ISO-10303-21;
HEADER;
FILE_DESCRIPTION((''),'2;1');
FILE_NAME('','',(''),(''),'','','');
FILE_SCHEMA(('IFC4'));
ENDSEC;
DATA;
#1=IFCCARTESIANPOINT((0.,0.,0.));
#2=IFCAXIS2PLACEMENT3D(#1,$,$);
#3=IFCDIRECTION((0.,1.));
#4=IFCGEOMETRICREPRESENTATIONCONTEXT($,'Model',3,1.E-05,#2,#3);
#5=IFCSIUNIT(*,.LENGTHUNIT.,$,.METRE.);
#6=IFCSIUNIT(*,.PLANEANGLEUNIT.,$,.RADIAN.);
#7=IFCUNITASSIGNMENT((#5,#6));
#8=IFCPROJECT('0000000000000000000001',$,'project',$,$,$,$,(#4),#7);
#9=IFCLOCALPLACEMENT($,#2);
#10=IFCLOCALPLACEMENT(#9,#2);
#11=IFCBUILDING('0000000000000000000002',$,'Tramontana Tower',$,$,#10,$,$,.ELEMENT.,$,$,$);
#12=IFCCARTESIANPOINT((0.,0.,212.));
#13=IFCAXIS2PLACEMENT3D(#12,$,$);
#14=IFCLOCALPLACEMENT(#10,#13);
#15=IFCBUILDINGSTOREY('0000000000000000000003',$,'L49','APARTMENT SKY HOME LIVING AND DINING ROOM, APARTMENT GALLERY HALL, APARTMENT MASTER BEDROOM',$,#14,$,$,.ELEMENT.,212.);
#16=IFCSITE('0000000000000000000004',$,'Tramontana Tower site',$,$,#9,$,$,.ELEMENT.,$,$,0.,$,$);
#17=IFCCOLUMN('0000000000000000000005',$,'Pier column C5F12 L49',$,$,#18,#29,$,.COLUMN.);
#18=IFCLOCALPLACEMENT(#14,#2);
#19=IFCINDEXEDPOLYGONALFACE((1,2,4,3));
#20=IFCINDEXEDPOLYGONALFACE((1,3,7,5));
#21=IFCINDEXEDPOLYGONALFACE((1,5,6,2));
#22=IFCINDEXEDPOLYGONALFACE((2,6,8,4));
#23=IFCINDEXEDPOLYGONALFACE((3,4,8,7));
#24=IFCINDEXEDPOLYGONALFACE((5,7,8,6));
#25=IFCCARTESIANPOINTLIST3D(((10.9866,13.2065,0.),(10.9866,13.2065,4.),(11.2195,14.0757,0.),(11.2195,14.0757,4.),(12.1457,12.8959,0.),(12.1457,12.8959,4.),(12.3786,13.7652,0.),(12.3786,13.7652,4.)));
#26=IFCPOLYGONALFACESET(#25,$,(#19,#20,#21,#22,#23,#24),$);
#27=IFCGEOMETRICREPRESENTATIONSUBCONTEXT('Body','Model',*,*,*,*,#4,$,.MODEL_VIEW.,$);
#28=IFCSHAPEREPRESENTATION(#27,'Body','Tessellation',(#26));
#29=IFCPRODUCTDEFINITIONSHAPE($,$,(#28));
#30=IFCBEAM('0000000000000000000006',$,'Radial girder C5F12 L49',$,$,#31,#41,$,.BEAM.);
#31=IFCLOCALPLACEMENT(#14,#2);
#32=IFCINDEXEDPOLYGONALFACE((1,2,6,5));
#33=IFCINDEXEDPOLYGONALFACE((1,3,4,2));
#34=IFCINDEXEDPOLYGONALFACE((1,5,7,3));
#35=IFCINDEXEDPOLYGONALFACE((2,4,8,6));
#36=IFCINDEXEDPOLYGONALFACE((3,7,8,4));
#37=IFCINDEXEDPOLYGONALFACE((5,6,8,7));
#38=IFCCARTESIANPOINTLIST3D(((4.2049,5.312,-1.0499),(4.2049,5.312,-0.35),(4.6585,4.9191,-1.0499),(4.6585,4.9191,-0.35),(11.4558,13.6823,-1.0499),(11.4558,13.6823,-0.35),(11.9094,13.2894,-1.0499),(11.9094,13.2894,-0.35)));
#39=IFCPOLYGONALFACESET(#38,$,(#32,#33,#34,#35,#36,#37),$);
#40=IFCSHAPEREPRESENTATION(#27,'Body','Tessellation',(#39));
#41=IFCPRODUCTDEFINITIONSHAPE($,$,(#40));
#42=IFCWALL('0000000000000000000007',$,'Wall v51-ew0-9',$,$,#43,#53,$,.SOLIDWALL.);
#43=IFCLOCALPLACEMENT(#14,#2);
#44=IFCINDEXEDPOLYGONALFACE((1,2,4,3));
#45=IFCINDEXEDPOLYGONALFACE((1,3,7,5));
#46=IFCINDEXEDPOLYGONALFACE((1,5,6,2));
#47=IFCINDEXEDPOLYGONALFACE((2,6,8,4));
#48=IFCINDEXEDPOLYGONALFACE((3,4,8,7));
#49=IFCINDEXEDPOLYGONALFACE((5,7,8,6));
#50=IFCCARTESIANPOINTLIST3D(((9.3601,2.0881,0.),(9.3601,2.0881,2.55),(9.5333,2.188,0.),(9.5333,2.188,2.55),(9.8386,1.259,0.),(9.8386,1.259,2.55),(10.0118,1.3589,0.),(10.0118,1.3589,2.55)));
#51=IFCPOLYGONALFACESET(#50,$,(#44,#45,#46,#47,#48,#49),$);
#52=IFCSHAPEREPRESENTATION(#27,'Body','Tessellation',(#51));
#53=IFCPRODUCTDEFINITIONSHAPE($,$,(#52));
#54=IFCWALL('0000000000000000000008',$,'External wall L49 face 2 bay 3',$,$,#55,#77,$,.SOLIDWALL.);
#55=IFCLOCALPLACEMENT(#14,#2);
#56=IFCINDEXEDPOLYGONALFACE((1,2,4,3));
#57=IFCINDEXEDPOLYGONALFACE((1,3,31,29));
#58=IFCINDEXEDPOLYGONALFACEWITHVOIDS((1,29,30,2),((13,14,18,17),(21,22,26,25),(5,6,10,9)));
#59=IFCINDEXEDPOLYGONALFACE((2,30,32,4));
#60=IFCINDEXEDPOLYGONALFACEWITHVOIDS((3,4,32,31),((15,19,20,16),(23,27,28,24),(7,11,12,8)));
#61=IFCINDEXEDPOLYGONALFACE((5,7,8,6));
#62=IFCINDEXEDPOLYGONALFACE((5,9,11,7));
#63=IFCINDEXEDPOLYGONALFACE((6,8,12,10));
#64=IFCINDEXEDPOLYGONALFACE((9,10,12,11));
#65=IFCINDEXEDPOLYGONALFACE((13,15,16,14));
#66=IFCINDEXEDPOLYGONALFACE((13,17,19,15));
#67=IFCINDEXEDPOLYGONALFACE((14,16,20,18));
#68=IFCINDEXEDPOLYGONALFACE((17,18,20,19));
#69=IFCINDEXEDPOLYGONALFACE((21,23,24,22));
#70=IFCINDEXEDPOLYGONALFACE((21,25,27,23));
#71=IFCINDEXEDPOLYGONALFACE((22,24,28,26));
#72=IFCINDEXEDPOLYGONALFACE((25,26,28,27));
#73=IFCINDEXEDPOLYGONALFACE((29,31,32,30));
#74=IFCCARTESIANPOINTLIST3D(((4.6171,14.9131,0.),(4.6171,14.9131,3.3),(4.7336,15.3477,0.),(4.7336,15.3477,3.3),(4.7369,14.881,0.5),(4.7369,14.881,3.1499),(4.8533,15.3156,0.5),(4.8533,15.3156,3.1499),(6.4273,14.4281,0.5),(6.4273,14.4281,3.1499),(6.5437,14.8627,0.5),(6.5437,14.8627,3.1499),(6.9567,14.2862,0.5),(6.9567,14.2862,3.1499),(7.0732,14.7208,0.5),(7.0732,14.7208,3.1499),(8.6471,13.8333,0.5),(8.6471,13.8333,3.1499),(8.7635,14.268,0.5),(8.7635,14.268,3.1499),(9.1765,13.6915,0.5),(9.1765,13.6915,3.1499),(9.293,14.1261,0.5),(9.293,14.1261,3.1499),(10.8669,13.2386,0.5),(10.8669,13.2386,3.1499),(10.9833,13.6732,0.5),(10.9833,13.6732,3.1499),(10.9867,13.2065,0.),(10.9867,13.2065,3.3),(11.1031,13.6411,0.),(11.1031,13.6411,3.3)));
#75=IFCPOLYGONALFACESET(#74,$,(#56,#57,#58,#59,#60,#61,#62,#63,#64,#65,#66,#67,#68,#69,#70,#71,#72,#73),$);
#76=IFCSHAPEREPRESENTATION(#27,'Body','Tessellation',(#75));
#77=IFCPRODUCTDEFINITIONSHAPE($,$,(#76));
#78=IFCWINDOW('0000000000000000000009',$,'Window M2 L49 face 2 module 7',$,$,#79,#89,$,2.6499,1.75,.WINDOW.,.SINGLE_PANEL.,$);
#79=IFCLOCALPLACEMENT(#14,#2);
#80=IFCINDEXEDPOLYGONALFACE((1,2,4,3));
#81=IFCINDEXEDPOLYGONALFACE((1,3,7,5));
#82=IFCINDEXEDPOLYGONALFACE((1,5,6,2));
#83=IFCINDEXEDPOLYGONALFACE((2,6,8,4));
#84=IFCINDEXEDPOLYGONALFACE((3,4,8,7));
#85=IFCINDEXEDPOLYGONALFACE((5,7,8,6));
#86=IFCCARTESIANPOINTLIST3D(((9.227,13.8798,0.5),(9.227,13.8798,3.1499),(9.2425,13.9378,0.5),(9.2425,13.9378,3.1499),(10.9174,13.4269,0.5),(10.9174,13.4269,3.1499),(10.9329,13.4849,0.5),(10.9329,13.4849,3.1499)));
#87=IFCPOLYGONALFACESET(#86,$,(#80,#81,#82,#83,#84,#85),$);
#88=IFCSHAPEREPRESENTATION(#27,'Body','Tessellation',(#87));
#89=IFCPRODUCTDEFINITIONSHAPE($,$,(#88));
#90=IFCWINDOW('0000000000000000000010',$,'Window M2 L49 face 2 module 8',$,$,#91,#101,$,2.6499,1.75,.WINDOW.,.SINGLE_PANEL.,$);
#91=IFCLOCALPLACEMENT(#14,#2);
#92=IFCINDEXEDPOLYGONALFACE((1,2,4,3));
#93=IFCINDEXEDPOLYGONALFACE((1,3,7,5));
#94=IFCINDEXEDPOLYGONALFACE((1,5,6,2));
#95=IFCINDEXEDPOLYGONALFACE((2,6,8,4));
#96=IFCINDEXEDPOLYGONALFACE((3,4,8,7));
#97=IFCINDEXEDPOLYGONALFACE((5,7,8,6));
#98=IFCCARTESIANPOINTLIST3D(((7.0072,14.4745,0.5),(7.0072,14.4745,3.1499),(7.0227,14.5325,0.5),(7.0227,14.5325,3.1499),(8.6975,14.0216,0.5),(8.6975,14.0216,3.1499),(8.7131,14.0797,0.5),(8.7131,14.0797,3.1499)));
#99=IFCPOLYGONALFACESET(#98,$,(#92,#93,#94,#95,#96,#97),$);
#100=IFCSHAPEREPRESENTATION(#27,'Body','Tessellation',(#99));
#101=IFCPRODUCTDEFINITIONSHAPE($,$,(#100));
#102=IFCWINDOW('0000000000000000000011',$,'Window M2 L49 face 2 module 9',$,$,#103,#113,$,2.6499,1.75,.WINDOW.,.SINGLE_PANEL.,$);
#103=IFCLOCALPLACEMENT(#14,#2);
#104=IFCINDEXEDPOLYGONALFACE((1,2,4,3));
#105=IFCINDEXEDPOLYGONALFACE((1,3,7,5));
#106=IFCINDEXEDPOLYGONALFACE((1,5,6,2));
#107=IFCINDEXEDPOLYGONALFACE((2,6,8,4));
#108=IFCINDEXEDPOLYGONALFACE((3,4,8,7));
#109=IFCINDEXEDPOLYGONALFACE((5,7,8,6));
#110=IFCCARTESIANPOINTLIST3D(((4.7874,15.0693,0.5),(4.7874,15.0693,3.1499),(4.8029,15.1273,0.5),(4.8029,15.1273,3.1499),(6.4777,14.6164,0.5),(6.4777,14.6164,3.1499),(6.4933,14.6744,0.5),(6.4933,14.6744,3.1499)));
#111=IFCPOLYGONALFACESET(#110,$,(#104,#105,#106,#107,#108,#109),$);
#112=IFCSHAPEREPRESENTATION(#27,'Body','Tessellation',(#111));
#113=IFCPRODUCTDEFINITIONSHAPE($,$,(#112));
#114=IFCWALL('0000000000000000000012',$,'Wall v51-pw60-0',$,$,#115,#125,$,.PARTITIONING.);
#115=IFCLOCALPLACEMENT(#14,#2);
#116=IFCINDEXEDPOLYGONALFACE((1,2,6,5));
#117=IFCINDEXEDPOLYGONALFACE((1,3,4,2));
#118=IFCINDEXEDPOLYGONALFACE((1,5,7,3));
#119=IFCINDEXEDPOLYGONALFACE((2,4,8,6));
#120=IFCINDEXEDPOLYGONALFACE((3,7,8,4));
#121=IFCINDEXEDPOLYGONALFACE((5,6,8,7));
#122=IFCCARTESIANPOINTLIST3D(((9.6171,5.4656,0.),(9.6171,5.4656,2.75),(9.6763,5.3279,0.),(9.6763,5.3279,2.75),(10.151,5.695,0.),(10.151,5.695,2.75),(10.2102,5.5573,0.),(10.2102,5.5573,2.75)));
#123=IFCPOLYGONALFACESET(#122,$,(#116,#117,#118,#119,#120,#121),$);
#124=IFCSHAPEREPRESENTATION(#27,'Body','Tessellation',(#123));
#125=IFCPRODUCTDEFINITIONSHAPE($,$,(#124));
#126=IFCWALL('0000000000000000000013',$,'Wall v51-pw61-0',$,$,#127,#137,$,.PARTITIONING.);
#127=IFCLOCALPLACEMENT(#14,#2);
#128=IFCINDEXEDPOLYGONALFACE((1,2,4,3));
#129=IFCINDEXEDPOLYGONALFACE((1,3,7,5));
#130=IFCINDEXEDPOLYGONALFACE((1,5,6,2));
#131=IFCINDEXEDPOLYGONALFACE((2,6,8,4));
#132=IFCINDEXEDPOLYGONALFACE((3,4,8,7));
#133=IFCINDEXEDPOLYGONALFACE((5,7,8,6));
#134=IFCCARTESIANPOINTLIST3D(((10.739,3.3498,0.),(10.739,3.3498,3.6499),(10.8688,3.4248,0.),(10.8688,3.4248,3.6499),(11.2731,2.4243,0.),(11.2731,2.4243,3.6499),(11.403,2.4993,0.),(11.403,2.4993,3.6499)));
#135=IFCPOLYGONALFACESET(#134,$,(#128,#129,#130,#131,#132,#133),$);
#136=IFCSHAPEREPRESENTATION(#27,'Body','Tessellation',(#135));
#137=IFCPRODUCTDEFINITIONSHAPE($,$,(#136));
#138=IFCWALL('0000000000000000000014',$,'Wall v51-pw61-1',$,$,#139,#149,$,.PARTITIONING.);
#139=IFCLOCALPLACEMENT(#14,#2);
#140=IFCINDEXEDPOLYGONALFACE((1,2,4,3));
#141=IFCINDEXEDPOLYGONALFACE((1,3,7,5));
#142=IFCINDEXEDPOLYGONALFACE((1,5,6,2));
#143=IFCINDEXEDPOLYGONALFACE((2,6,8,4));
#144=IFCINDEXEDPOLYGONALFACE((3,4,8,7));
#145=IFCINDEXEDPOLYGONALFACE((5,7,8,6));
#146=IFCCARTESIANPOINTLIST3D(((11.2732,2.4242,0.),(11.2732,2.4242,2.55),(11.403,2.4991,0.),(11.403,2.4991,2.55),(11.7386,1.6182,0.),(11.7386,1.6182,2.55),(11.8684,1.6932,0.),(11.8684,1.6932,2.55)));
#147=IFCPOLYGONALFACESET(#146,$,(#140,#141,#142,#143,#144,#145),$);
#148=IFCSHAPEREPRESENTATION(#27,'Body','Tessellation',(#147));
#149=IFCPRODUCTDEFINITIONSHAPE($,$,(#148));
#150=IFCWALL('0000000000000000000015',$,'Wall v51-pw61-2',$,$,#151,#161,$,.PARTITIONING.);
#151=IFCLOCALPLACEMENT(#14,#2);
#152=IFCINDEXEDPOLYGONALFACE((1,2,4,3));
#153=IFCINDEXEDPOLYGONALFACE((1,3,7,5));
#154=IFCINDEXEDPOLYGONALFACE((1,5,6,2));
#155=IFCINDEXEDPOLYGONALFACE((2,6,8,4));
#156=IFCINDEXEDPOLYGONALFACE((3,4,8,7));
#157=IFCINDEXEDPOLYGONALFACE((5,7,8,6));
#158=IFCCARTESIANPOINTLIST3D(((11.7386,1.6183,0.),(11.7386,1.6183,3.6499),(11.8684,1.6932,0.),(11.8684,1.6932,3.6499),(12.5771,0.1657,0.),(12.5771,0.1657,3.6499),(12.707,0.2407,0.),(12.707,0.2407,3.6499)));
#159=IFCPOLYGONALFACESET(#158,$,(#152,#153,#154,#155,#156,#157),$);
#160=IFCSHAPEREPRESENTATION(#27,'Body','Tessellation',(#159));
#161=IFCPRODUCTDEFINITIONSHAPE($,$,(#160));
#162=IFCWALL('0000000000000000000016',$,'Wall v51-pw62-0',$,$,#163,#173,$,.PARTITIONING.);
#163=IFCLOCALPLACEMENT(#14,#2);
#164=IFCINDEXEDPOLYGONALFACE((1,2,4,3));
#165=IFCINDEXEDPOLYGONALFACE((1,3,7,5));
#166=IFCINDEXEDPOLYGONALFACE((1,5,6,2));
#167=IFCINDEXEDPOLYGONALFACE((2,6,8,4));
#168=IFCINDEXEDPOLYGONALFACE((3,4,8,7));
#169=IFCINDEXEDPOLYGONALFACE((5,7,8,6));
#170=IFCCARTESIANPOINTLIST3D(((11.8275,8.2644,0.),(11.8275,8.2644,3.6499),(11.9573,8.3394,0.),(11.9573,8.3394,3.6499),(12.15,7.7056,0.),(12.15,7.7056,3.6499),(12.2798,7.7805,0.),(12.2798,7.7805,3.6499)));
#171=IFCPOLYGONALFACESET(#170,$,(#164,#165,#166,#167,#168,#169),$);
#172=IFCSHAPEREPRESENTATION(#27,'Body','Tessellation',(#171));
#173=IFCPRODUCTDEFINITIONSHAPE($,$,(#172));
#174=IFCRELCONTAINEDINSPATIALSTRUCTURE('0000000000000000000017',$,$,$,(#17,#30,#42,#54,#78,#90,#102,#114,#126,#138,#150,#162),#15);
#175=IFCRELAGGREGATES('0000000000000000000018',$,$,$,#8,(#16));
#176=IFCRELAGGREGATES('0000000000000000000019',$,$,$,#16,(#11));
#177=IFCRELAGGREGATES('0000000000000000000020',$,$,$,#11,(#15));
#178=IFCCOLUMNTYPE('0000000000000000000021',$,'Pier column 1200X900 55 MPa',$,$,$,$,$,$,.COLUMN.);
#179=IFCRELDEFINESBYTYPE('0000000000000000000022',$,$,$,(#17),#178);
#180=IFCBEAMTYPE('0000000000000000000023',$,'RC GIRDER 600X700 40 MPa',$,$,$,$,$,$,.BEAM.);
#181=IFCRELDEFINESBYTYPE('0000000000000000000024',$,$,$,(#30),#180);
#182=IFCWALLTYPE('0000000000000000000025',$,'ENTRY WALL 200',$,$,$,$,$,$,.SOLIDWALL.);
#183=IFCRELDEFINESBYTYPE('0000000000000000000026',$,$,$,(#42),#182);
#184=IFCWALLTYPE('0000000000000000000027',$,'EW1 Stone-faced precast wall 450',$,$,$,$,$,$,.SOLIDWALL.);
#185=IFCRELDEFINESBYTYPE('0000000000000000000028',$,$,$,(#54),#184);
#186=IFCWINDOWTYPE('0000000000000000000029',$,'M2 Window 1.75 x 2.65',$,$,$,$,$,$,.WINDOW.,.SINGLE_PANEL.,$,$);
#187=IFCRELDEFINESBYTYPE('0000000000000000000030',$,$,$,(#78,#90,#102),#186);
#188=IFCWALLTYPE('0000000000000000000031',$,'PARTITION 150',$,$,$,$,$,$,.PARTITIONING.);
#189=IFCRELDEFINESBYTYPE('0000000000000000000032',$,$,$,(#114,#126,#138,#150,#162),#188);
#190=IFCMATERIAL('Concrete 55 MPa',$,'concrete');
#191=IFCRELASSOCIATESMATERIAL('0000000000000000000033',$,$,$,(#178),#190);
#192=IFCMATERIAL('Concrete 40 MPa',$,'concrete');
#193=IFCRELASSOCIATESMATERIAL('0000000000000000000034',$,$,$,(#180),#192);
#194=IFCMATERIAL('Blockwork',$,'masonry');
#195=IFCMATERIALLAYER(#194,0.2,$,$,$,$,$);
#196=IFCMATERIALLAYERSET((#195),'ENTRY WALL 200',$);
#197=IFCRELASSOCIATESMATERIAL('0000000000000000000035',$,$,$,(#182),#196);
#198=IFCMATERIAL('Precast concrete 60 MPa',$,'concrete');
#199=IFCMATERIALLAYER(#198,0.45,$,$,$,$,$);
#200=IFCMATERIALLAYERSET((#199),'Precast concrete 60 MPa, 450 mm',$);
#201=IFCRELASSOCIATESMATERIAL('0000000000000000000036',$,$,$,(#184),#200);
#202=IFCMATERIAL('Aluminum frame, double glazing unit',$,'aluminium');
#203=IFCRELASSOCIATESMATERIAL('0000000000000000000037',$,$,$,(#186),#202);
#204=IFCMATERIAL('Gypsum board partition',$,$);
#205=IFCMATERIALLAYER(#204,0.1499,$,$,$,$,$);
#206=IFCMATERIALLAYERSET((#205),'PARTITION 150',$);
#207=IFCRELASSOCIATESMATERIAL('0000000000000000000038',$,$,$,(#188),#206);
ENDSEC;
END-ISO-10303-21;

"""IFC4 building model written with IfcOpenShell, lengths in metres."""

from ifc_helpers import new_model, si_unit, direction, frame, frame_2d, origin, origin_2d, place, context, subcontext, project, spatial, rectangle, extrude, material, layer, layer_set, material_profile, profile_set, type_object, element, fill, save


model = new_model("IFC4")

# Units and contexts
model_context = context("Model", 3, precision=1e-05, world=origin(), true_north=direction((0.0, 1.0)))
body_context = subcontext(model_context, "Body", "Model", "MODEL_VIEW")
ifc_project = project(units=[si_unit("LENGTHUNIT", "METRE"), si_unit("PLANEANGLEUNIT", "RADIAN")], contexts=[model_context])

# Site, building, storey
site_placement = place(None, origin())
site = spatial("IfcSite", under=ifc_project, at=site_placement, Name="Tramontana Tower site", CompositionType="ELEMENT", RefElevation=0.0)
building_placement = place(site_placement, origin())
building = spatial("IfcBuilding", under=site, at=building_placement, Name="Tramontana Tower", CompositionType="ELEMENT")
storey_placement = place(building_placement, frame((0.0, 0.0, 212.0)))
storey = spatial("IfcBuildingStorey", under=building, at=storey_placement, Name="L49", Description="APARTMENT SKY HOME LIVING AND DINING ROOM, APARTMENT GALLERY HALL, APARTMENT MASTER BEDROOM", CompositionType="ELEMENT", Elevation=212.0)

# Column
ifc_material_1 = material(Name="Concrete 55 MPa", Category="concrete")
ifc_material_profile_1 = material_profile(ifc_material_1, rectangle(XDim=1.2, YDim=0.8999, at=origin_2d()), Name="Pier column 1200X900 55 MPa")
ifc_profile_set_1 = profile_set([ifc_material_profile_1], Name="Concrete 55 MPa")
column_type = type_object("IfcColumnType", Name="Pier column 1200X900 55 MPa", PredefinedType="COLUMN", material=ifc_profile_set_1)
column_placement = place(storey_placement, frame((11.6826, 13.4858, 0.0), z_axis=(0.0, 0.0, 1.0), x_axis=(-0.965926, 0.258819, 0.0)))
element("IfcColumn", 1, at=column_placement, inside=storey, type_object=column_type, Name="Pier column C5F12 L49", PredefinedType="COLUMN", context=body_context, shape_type="SweptSolid", body=[
    extrude(rectangle(XDim=1.2, YDim=0.8999, at=origin_2d()), origin(), (0.0, 0.0, 1.0), 4.0),
])

# Beam
ifc_material_2 = material(Name="Concrete 40 MPa", Category="concrete")
ifc_material_profile_2 = material_profile(ifc_material_2, rectangle(XDim=0.6001, YDim=0.7, at=origin_2d()), Name="RC GIRDER 600X700 40 MPa")
ifc_profile_set_2 = profile_set([ifc_material_profile_2], Name="Concrete 40 MPa")
beam_type = type_object("IfcBeamType", Name="RC GIRDER 600X700 40 MPa", PredefinedType="BEAM", material=ifc_profile_set_2)
beam_placement = place(storey_placement, frame((11.6826, 13.4858, -0.7), z_axis=(-0.654758, -0.755838, 0.0), x_axis=(0.755838, -0.654758, 0.0)))
element("IfcBeam", 2, at=beam_placement, inside=storey, type_object=beam_type, Name="Radial girder C5F12 L49", PredefinedType="BEAM", context=body_context, shape_type="SweptSolid", body=[
    extrude(rectangle(XDim=0.6001, YDim=0.7, at=origin_2d()), origin(), (0.0, 0.0, 1.0), 11.0742),
])

# Wall
ifc_material_3 = material(Name="Blockwork", Category="masonry")
ifc_layer_1 = layer(ifc_material_3, 0.2)
ifc_layer_set_1 = layer_set([ifc_layer_1], Name="ENTRY WALL 200")
wall_type_1 = type_object("IfcWallType", Name="ENTRY WALL 200", PredefinedType="SOLIDWALL", material=ifc_layer_set_1)
wall_1_placement = place(storey_placement, frame((9.4468, 2.1379, 0.0), z_axis=(0.0, 0.0, 1.0), x_axis=(0.49987, -0.866101, 0.0)))
element("IfcWall", 3, at=wall_1_placement, inside=storey, type_object=wall_type_1, Name="Wall v51-ew0-9", PredefinedType="SOLIDWALL", context=body_context, shape_type="SweptSolid", body=[
    extrude(rectangle(XDim=0.9573, YDim=0.2, at=frame_2d((0.4785, 0.0))), origin(), (0.0, 0.0, 1.0), 2.55),
])

# Wall, openings, windows
ifc_material_4 = material(Name="Precast concrete 60 MPa", Category="concrete")
ifc_layer_2 = layer(ifc_material_4, 0.45)
ifc_layer_set_2 = layer_set([ifc_layer_2], Name="Precast concrete 60 MPa, 450 mm")
wall_type_2 = type_object("IfcWallType", Name="EW1 Stone-faced precast wall 450", PredefinedType="SOLIDWALL", material=ifc_layer_set_2)
wall_2_placement = place(storey_placement, frame((11.0449, 13.4238, 0.0), z_axis=(0.0, 0.0, 1.0), x_axis=(-0.965933, 0.258792, 0.0)))
wall_2 = element("IfcWall", 4, at=wall_2_placement, inside=storey, type_object=wall_type_2, Name="External wall L49 face 2 bay 3", PredefinedType="SOLIDWALL", context=body_context, shape_type="SweptSolid", body=[
    extrude(rectangle(XDim=6.5942, YDim=0.45, at=frame_2d((3.2971, 0.0))), origin(), (0.0, 0.0, 1.0), 3.3),
])
opening_1_placement = place(wall_2_placement, frame((0.124, 0.0, 0.5)))
opening_1 = element("IfcOpeningElement", 5, at=opening_1_placement, cuts=wall_2, PredefinedType="OPENING", context=body_context, shape_type="SweptSolid", body=[
    extrude(rectangle(XDim=1.75, YDim=2.6499, at=frame_2d((0.875, 1.325))), frame((0.0, 0.2349, 0.0), z_axis=(0.0, -1.0, 0.0), x_axis=(1.0, 0.0, 0.0)), (0.0, 0.0, 1.0), 0.47),
])
opening_2_placement = place(wall_2_placement, frame((2.4221, 0.0, 0.5)))
opening_2 = element("IfcOpeningElement", 6, at=opening_2_placement, cuts=wall_2, PredefinedType="OPENING", context=body_context, shape_type="SweptSolid", body=[
    extrude(rectangle(XDim=1.75, YDim=2.6499, at=frame_2d((0.875, 1.325))), frame((0.0, 0.2349, 0.0), z_axis=(0.0, -1.0, 0.0), x_axis=(1.0, 0.0, 0.0)), (0.0, 0.0, 1.0), 0.47),
])
opening_3_placement = place(wall_2_placement, frame((4.7202, 0.0, 0.5)))
opening_3 = element("IfcOpeningElement", 7, at=opening_3_placement, cuts=wall_2, PredefinedType="OPENING", context=body_context, shape_type="SweptSolid", body=[
    extrude(rectangle(XDim=1.75, YDim=2.6499, at=frame_2d((0.875, 1.325))), frame((0.0, 0.2349, 0.0), z_axis=(0.0, -1.0, 0.0), x_axis=(1.0, 0.0, 0.0)), (0.0, 0.0, 1.0), 0.47),
])
ifc_material_5 = material(Name="Aluminum frame, double glazing unit", Category="aluminium")
window_type = type_object("IfcWindowType", Name="M2 Window 1.75 x 2.65", PartitioningType="SINGLE_PANEL", PredefinedType="WINDOW", material=ifc_material_5)
window_1_placement = place(opening_1_placement, origin())
window_1 = element("IfcWindow", 8, at=window_1_placement, inside=storey, type_object=window_type, Name="Window M2 L49 face 2 module 7", OverallHeight=2.6499, OverallWidth=1.75, PartitioningType="SINGLE_PANEL", PredefinedType="WINDOW", context=body_context, shape_type="SweptSolid", body=[
    extrude(rectangle(XDim=1.75, YDim=2.6499, at=frame_2d((0.875, 1.325))), frame((0.0, 0.03, 0.0), z_axis=(0.0, -1.0, 0.0), x_axis=(1.0, 0.0, 0.0)), (0.0, 0.0, 1.0), 0.0601),
])
fill(opening_1, window_1)
window_2_placement = place(opening_2_placement, origin())
window_2 = element("IfcWindow", 9, at=window_2_placement, inside=storey, type_object=window_type, Name="Window M2 L49 face 2 module 8", OverallHeight=2.6499, OverallWidth=1.75, PartitioningType="SINGLE_PANEL", PredefinedType="WINDOW", context=body_context, shape_type="SweptSolid", body=[
    extrude(rectangle(XDim=1.75, YDim=2.6499, at=frame_2d((0.875, 1.325))), frame((0.0, 0.03, 0.0), z_axis=(0.0, -1.0, 0.0), x_axis=(1.0, 0.0, 0.0)), (0.0, 0.0, 1.0), 0.0601),
])
fill(opening_2, window_2)
window_3_placement = place(opening_3_placement, origin())
window_3 = element("IfcWindow", 10, at=window_3_placement, inside=storey, type_object=window_type, Name="Window M2 L49 face 2 module 9", OverallHeight=2.6499, OverallWidth=1.75, PartitioningType="SINGLE_PANEL", PredefinedType="WINDOW", context=body_context, shape_type="SweptSolid", body=[
    extrude(rectangle(XDim=1.75, YDim=2.6499, at=frame_2d((0.875, 1.325))), frame((0.0, 0.03, 0.0), z_axis=(0.0, -1.0, 0.0), x_axis=(1.0, 0.0, 0.0)), (0.0, 0.0, 1.0), 0.0601),
])
fill(opening_3, window_3)

# Wall
ifc_material_6 = material(Name="Gypsum board partition")
ifc_layer_3 = layer(ifc_material_6, 0.1499)
ifc_layer_set_3 = layer_set([ifc_layer_3], Name="PARTITION 150")
wall_type_3 = type_object("IfcWallType", Name="PARTITION 150", PredefinedType="PARTITIONING", material=ifc_layer_set_3)
wall_3_placement = place(storey_placement, frame((9.6467, 5.3967, 0.0), z_axis=(0.0, 0.0, 1.0), x_axis=(0.918732, 0.394882, 0.0)))
element("IfcWall", 11, at=wall_3_placement, inside=storey, type_object=wall_type_3, Name="Wall v51-pw60-0", PredefinedType="PARTITIONING", context=body_context, shape_type="SweptSolid", body=[
    extrude(rectangle(XDim=0.5811, YDim=0.1499, at=frame_2d((0.2905, 0.0))), origin(), (0.0, 0.0, 1.0), 2.75),
])

# Walls
wall_4_placement = place(storey_placement, frame((10.804, 3.3872, 0.0), z_axis=(0.0, 0.0, 1.0), x_axis=(0.499874, -0.866098, 0.0)))
element("IfcWall", 12, at=wall_4_placement, inside=storey, type_object=wall_type_3, Name="Wall v51-pw61-0", PredefinedType="PARTITIONING", context=body_context, shape_type="SweptSolid", body=[
    extrude(rectangle(XDim=1.0686, YDim=0.1499, at=frame_2d((0.5342, 0.0))), origin(), (0.0, 0.0, 1.0), 3.6499),
])
wall_5_placement = place(storey_placement, frame((11.3381, 2.4617, 0.0), z_axis=(0.0, 0.0, 1.0), x_axis=(0.500033, -0.866006, 0.0)))
element("IfcWall", 13, at=wall_5_placement, inside=storey, type_object=wall_type_3, Name="Wall v51-pw61-1", PredefinedType="PARTITIONING", context=body_context, shape_type="SweptSolid", body=[
    extrude(rectangle(XDim=0.9307, YDim=0.1499, at=frame_2d((0.4653, 0.0))), origin(), (0.0, 0.0, 1.0), 2.55),
])
wall_6_placement = place(storey_placement, frame((11.8035, 1.6558, 0.0), z_axis=(0.0, 0.0, 1.0), x_axis=(0.499974, -0.86604, 0.0)))
element("IfcWall", 14, at=wall_6_placement, inside=storey, type_object=wall_type_3, Name="Wall v51-pw61-2", PredefinedType="PARTITIONING", context=body_context, shape_type="SweptSolid", body=[
    extrude(rectangle(XDim=1.6772, YDim=0.1499, at=frame_2d((0.8386, 0.0))), origin(), (0.0, 0.0, 1.0), 3.6499),
])
wall_7_placement = place(storey_placement, frame((11.8923, 8.302, 0.0), z_axis=(0.0, 0.0, 1.0), x_axis=(0.499843, -0.866116, 0.0)))
element("IfcWall", 15, at=wall_7_placement, inside=storey, type_object=wall_type_3, Name="Wall v51-pw62-0", PredefinedType="PARTITIONING", context=body_context, shape_type="SweptSolid", body=[
    extrude(rectangle(XDim=0.6453, YDim=0.1499, at=frame_2d((0.3228, 0.0))), origin(), (0.0, 0.0, 1.0), 3.6499),
])

save(model, "model.ifc")
